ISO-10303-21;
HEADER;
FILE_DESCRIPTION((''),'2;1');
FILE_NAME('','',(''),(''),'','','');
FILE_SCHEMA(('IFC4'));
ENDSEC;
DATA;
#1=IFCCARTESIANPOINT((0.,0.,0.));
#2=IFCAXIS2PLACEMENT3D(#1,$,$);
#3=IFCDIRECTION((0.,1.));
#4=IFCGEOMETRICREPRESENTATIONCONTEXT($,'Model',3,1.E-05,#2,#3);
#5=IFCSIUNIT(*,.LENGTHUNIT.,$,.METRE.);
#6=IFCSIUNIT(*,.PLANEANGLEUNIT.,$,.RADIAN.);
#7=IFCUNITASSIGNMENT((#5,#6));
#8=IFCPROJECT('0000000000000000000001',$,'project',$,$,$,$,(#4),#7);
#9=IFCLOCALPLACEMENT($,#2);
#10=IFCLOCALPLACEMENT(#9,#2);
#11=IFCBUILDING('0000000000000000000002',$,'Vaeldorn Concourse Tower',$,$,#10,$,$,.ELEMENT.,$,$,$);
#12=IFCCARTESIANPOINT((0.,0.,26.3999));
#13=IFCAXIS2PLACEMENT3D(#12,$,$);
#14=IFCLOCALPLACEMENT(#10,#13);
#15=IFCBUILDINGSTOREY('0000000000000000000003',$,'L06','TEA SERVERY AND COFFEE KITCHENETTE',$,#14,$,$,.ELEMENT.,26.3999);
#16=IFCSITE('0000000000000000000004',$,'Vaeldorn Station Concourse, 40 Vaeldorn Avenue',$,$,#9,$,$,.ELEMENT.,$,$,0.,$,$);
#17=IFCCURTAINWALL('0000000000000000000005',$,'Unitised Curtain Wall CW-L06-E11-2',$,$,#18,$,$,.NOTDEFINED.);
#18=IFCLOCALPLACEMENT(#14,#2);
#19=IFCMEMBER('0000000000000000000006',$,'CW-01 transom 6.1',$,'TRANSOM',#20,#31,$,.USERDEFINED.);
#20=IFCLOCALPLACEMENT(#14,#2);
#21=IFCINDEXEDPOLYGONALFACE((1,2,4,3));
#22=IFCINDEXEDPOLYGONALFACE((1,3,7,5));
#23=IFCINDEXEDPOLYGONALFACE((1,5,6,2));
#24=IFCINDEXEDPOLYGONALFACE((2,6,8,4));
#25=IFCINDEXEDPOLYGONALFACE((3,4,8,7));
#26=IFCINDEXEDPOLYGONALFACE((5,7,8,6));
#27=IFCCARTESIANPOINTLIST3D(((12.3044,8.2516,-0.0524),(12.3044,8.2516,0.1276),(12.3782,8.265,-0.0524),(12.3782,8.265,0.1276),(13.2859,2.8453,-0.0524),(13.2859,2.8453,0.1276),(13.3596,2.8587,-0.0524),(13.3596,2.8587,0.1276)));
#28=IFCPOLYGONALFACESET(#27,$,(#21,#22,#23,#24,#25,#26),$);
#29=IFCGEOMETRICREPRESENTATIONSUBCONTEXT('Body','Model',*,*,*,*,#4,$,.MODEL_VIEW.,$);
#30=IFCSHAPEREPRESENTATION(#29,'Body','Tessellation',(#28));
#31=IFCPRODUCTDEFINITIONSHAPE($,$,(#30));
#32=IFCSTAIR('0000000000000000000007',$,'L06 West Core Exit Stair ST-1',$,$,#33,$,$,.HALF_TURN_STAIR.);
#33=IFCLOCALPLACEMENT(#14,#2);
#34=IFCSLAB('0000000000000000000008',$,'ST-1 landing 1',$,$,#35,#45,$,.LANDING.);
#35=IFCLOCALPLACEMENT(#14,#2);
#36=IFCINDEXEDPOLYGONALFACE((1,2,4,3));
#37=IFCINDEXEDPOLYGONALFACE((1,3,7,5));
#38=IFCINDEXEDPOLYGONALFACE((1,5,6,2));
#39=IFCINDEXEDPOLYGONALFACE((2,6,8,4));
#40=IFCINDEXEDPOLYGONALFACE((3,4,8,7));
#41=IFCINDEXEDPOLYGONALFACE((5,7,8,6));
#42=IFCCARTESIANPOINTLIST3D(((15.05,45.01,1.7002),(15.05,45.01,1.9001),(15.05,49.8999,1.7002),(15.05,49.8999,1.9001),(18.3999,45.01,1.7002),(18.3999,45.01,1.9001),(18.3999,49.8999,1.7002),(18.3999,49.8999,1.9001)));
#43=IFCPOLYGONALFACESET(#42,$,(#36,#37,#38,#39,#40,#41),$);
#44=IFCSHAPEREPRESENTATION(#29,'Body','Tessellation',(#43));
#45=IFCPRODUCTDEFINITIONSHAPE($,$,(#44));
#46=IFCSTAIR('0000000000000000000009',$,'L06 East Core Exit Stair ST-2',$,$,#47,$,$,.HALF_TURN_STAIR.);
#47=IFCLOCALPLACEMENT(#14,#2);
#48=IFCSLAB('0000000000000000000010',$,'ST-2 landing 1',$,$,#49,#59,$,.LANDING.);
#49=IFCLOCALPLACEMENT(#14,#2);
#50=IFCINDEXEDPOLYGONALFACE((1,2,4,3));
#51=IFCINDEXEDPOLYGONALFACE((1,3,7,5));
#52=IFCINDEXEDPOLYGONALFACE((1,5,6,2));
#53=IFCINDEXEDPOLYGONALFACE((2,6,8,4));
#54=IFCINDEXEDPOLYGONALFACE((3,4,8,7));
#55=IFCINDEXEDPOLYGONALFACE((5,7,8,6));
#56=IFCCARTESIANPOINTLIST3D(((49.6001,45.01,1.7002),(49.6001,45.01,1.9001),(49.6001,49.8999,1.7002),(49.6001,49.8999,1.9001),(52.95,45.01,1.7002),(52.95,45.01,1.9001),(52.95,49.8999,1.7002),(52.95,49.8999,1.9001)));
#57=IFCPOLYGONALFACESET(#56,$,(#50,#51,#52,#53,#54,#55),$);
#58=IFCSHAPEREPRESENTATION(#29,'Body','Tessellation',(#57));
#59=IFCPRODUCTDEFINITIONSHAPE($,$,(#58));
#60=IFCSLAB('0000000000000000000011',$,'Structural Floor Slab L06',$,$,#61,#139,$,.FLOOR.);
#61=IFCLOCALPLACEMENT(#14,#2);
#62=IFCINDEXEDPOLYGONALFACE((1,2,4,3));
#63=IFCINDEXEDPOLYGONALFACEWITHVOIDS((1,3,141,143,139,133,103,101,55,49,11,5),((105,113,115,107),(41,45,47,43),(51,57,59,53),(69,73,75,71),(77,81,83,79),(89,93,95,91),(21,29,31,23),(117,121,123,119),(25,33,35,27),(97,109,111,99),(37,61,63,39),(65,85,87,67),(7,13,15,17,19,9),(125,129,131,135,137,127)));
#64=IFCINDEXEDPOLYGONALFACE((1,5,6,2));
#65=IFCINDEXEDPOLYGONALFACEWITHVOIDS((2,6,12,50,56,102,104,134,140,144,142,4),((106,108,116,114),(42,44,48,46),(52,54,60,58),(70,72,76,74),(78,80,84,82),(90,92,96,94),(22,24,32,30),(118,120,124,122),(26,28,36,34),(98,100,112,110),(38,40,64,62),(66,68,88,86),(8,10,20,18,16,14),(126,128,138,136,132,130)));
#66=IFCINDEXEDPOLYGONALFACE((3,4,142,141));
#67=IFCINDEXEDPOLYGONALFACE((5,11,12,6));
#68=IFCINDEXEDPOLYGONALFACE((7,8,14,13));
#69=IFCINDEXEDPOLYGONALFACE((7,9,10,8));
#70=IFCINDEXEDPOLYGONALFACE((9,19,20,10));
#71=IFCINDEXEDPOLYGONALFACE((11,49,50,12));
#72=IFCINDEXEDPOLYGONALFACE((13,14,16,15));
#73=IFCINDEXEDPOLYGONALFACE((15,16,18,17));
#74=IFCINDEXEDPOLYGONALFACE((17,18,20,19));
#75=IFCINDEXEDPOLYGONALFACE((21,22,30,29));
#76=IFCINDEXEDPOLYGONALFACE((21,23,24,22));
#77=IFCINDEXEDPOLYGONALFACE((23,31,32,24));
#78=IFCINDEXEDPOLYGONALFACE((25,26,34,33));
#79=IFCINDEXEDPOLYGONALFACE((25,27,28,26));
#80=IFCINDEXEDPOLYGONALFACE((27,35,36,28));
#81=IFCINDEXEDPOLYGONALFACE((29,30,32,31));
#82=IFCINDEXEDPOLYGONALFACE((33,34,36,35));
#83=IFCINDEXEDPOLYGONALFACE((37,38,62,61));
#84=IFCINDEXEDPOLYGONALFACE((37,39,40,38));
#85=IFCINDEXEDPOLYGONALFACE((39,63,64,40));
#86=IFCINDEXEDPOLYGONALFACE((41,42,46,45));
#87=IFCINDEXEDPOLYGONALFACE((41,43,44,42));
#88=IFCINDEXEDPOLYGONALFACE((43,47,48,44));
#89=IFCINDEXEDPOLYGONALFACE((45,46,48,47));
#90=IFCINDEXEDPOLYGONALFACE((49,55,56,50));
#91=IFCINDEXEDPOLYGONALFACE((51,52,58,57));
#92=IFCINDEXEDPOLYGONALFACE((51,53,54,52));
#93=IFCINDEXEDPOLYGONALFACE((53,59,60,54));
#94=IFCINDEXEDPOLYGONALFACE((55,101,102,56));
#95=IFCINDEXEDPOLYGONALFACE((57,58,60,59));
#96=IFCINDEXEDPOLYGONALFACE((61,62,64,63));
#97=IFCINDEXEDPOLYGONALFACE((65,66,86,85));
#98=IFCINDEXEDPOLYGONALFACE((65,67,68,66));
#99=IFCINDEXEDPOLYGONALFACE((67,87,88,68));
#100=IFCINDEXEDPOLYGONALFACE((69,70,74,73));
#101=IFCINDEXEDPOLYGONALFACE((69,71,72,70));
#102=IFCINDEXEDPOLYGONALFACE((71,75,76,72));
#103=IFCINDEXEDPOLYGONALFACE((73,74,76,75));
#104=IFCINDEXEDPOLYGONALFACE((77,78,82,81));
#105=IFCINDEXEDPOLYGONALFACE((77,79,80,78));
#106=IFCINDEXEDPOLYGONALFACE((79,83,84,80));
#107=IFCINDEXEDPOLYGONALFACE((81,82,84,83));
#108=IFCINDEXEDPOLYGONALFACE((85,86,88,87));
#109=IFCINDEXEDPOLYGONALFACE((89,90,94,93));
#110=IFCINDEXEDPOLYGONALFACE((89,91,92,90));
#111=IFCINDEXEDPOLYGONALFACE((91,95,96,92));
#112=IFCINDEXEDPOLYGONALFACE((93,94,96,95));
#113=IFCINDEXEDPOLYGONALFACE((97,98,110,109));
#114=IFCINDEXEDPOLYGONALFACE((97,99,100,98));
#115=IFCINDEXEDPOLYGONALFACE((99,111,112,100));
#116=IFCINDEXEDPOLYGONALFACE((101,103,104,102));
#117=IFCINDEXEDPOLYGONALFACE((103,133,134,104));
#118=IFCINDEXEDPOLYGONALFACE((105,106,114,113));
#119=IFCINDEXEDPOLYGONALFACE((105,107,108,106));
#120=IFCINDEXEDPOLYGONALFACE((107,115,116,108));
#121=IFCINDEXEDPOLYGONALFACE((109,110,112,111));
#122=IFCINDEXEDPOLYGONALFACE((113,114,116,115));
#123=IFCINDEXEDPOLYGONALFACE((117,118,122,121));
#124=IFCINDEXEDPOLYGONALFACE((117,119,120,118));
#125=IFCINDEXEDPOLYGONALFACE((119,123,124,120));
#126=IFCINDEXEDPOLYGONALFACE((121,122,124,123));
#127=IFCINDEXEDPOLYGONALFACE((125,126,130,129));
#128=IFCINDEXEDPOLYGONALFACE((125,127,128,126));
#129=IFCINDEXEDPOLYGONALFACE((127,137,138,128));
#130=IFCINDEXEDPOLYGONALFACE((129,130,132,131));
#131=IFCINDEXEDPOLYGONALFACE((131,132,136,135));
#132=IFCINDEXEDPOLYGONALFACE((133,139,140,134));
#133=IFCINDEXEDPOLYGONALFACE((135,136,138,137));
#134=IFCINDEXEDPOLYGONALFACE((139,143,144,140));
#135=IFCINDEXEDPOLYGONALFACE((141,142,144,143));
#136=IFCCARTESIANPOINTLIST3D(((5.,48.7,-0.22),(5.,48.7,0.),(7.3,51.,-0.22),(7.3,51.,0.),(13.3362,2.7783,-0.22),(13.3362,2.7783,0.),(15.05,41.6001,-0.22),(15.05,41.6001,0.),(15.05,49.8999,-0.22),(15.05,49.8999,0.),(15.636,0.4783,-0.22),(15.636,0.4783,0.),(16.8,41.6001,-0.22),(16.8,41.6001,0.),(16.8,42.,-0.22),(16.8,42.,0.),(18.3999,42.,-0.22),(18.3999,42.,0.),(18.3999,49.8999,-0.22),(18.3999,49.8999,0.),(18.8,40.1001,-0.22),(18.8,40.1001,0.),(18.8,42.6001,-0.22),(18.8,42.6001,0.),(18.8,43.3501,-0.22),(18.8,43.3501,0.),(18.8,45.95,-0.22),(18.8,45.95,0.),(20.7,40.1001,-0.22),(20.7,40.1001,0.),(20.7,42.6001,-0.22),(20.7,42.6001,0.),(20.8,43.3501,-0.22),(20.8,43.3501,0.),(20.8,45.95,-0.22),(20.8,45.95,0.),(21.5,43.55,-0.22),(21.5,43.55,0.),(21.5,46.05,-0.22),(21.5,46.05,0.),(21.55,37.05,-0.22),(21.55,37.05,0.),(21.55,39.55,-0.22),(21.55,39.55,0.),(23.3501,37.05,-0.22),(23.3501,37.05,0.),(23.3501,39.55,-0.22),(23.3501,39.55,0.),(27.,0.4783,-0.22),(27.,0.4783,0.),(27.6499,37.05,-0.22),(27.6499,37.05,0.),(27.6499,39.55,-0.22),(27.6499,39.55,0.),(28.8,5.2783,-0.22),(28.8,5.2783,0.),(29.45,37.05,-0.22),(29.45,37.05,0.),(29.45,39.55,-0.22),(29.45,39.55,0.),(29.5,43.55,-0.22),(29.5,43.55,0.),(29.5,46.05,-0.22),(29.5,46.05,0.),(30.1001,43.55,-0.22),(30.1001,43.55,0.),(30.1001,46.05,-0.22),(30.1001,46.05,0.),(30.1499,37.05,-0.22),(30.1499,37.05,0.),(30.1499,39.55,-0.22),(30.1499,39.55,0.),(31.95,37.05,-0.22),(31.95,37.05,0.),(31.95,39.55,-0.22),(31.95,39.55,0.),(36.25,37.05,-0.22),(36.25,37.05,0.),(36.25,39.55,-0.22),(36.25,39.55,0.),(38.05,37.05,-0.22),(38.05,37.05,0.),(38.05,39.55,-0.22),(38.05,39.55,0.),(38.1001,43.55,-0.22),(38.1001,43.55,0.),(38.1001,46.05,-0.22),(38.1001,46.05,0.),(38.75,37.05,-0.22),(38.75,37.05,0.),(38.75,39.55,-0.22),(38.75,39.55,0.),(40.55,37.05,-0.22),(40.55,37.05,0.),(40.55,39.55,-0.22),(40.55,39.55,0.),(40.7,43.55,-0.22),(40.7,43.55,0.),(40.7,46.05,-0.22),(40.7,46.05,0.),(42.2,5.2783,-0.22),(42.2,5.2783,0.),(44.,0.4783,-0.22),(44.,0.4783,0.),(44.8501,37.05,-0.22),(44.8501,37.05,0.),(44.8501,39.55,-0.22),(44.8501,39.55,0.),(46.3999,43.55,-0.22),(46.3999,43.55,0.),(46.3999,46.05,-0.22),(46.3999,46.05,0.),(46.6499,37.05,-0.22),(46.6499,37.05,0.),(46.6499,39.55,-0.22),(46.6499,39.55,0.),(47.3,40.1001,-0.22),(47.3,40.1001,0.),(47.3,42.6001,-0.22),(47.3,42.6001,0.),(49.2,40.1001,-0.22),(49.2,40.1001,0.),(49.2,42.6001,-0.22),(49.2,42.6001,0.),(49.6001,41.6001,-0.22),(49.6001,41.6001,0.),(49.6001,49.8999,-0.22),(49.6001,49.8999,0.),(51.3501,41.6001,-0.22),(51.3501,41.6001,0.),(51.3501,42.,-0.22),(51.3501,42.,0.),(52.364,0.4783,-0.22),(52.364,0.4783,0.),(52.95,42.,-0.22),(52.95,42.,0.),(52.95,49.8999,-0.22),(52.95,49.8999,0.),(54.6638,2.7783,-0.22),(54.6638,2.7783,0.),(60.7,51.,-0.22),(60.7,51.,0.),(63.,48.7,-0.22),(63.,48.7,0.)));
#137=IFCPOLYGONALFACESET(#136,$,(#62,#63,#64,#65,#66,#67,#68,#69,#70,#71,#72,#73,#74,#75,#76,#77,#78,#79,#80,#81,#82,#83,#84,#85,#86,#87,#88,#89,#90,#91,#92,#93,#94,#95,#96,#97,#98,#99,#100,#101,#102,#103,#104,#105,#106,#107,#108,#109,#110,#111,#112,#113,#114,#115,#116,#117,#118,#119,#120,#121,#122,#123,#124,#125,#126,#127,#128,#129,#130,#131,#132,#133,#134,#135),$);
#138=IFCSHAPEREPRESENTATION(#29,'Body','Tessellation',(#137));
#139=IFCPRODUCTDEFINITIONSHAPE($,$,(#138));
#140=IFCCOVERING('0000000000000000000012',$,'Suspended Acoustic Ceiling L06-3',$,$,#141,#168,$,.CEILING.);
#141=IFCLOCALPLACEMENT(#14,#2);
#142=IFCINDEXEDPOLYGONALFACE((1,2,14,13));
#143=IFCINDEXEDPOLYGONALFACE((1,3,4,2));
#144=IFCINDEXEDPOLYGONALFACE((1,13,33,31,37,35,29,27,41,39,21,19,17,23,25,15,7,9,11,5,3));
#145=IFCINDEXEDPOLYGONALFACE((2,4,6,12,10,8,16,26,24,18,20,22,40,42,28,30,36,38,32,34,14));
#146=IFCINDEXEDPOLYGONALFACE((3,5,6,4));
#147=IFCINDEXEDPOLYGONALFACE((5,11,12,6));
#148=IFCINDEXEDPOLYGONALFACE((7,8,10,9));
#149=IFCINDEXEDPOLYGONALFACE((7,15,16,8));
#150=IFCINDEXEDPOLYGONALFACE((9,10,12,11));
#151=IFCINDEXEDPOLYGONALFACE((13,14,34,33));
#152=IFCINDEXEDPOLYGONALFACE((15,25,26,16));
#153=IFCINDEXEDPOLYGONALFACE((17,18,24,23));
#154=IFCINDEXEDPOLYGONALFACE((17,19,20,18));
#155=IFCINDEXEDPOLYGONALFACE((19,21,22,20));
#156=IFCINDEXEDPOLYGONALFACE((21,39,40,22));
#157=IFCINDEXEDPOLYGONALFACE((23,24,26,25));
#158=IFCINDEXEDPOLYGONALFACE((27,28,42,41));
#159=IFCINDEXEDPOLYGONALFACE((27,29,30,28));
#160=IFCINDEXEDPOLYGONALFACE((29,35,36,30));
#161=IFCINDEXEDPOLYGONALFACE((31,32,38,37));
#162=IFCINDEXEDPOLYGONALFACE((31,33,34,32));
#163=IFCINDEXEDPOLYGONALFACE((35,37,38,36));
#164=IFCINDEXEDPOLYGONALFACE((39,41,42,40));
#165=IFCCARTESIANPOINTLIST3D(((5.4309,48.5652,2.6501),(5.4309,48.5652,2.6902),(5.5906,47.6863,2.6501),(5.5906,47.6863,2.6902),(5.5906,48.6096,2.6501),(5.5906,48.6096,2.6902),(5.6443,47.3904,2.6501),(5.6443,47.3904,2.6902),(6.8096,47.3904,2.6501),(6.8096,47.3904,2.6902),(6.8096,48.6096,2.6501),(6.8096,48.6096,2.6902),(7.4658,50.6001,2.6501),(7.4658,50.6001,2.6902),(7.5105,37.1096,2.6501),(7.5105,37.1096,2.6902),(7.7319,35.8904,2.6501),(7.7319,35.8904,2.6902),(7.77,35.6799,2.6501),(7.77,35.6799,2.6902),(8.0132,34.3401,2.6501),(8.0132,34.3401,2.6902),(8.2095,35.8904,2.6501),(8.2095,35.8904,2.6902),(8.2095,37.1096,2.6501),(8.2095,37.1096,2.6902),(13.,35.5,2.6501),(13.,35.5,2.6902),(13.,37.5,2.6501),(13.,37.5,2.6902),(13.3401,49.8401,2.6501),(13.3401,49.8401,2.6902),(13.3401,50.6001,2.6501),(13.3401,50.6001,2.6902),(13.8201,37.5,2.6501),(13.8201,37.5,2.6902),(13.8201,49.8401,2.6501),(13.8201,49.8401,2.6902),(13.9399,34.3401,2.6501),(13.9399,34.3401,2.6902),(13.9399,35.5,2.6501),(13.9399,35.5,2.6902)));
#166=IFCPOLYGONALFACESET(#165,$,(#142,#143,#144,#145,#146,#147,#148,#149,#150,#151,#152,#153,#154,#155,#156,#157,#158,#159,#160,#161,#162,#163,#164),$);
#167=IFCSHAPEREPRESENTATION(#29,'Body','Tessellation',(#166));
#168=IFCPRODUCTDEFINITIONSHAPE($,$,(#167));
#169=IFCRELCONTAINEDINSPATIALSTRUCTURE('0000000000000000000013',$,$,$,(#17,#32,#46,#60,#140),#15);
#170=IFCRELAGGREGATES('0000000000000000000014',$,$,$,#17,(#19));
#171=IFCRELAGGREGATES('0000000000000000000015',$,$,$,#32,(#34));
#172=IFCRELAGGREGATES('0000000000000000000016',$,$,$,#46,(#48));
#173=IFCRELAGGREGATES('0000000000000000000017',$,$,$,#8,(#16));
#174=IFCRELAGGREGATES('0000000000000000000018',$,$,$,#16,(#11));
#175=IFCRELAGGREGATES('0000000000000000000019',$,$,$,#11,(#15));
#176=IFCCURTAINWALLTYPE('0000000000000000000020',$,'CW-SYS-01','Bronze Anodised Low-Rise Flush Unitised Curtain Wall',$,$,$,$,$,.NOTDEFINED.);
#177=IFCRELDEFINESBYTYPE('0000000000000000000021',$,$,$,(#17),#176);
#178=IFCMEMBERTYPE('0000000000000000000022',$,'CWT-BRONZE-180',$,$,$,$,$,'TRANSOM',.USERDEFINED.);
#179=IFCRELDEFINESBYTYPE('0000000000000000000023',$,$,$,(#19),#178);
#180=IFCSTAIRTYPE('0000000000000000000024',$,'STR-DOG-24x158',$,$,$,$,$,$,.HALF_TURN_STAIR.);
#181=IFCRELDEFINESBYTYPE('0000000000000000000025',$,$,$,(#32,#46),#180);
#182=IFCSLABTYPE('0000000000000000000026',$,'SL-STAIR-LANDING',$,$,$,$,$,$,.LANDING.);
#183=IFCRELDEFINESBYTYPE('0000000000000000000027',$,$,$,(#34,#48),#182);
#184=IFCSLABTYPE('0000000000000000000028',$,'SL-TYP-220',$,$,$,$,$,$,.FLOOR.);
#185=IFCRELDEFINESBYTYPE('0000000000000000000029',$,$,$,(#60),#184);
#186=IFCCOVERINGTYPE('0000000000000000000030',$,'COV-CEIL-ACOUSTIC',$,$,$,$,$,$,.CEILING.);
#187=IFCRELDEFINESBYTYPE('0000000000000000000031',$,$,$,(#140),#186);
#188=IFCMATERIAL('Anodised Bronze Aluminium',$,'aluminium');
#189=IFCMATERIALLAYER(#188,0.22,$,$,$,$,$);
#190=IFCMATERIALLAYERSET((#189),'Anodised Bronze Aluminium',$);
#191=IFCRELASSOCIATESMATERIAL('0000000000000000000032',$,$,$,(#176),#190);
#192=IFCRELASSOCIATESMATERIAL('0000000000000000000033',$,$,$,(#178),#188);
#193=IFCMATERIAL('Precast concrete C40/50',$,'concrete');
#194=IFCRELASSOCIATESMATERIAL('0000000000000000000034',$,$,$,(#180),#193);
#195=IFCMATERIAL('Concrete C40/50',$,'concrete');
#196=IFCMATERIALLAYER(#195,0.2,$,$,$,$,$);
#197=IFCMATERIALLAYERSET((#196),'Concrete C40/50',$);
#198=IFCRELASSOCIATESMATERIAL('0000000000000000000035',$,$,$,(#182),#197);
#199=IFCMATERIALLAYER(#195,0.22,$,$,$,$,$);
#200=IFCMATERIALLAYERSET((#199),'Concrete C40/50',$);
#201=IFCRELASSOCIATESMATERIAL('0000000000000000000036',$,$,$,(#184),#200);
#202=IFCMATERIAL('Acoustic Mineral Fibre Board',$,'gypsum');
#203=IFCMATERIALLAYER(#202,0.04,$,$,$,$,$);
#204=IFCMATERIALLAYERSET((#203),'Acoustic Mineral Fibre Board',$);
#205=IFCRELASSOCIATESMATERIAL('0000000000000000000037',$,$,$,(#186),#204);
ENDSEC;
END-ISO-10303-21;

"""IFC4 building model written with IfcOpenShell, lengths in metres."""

from ifc_helpers import new_model, si_unit, direction, frame, origin, origin_2d, place, context, subcontext, project, spatial, polyline, rectangle, outline, extrude, source, transform, mapped, material, layer, layer_set, material_profile, profile_set, type_object, element, aggregate, save


model = new_model("IFC4")

# Units and contexts
model_context = context("Model", 3, precision=1e-05, world=origin(), true_north=direction((0.0, 1.0)))
body_context = subcontext(model_context, "Body", "Model", "MODEL_VIEW")
ifc_project = project(units=[si_unit("LENGTHUNIT", "METRE"), si_unit("PLANEANGLEUNIT", "RADIAN")], contexts=[model_context])

# Site, building, storey
site_placement = place(None, origin())
site = spatial("IfcSite", under=ifc_project, at=site_placement, Name="Vaeldorn Station Concourse, 40 Vaeldorn Avenue", CompositionType="ELEMENT", RefElevation=0.0)
building_placement = place(site_placement, origin())
building = spatial("IfcBuilding", under=site, at=building_placement, Name="Vaeldorn Concourse Tower", CompositionType="ELEMENT")
storey_placement = place(building_placement, frame((0.0, 0.0, 26.3999)))
storey = spatial("IfcBuildingStorey", under=building, at=storey_placement, Name="L06", Description="TEA SERVERY AND COFFEE KITCHENETTE", CompositionType="ELEMENT", Elevation=26.3999)

# Curtain wall, member
ifc_material_1 = material(Name="Anodised Bronze Aluminium", Category="aluminium")
ifc_layer_1 = layer(ifc_material_1, 0.22)
ifc_layer_set_1 = layer_set([ifc_layer_1], Name="Anodised Bronze Aluminium")
curtain_wall_type = type_object("IfcCurtainWallType", Name="CW-SYS-01", Description="Bronze Anodised Low-Rise Flush Unitised Curtain Wall", PredefinedType="NOTDEFINED", material=ifc_layer_set_1)
curtain_wall_placement = place(storey_placement, origin())
curtain_wall = element("IfcCurtainWall", 1, at=curtain_wall_placement, inside=storey, type_object=curtain_wall_type, Name="Unitised Curtain Wall CW-L06-E11-2", PredefinedType="NOTDEFINED")
ifc_material_profile = material_profile(ifc_material_1, rectangle(XDim=0.075, YDim=0.1799, at=origin_2d()), Name="CWT 75x180")
ifc_profile_set = profile_set([ifc_material_profile], Name="Anodised Bronze Aluminium")
member_type = type_object("IfcMemberType", Name="CWT-BRONZE-180", ElementType="TRANSOM", PredefinedType="USERDEFINED", material=ifc_profile_set)
shared_shape = source(origin(), body_context, "Body", "SweptSolid", [
    extrude(rectangle(XDim=0.075, YDim=0.1799, at=origin_2d()), origin(), (0.0, 0.0, 1.0), 5.4946),
])
member_placement = place(storey_placement, frame((12.3413, 8.2583, 0.0376), z_axis=(0.17862, -0.983918, 0.0), x_axis=(0.983918, 0.17862, 0.0)))
member = element("IfcMember", 2, at=member_placement, type_object=member_type, Name="CW-01 transom 6.1", ObjectType="TRANSOM", PredefinedType="USERDEFINED", context=body_context, shape_type="MappedRepresentation", body=[
    mapped(shared_shape, transform((0.0, 0.0, 0.0), scale=1.0)),
])
aggregate(curtain_wall, [member])

# Stairs, slabs
ifc_material_2 = material(Name="Precast concrete C40/50", Category="concrete")
stair_type = type_object("IfcStairType", Name="STR-DOG-24x158", PredefinedType="HALF_TURN_STAIR", material=ifc_material_2)
stair_1_placement = place(storey_placement, origin())
stair_1 = element("IfcStair", 3, at=stair_1_placement, inside=storey, type_object=stair_type, Name="L06 West Core Exit Stair ST-1", PredefinedType="HALF_TURN_STAIR")
ifc_material_3 = material(Name="Concrete C40/50", Category="concrete")
ifc_layer_2 = layer(ifc_material_3, 0.2)
ifc_layer_set_2 = layer_set([ifc_layer_2], Name="Concrete C40/50")
slab_type_1 = type_object("IfcSlabType", Name="SL-STAIR-LANDING", PredefinedType="LANDING", material=ifc_layer_set_2)
slab_1_placement = place(storey_placement, frame((0.0, 0.0, 1.7002)))
slab_1 = element("IfcSlab", 4, at=slab_1_placement, type_object=slab_type_1, Name="ST-1 landing 1", PredefinedType="LANDING", context=body_context, shape_type="SweptSolid", body=[
    extrude(outline(polyline([(18.3999, 45.01), (18.3999, 49.8999), (15.05, 49.8999), (15.05, 45.01), (18.3999, 45.01)])), origin(), (0.0, 0.0, 1.0), 0.2),
])
aggregate(stair_1, [slab_1])
stair_2_placement = place(storey_placement, origin())
stair_2 = element("IfcStair", 5, at=stair_2_placement, inside=storey, type_object=stair_type, Name="L06 East Core Exit Stair ST-2", PredefinedType="HALF_TURN_STAIR")
slab_2_placement = place(storey_placement, frame((0.0, 0.0, 1.7002)))
slab_2 = element("IfcSlab", 6, at=slab_2_placement, type_object=slab_type_1, Name="ST-2 landing 1", PredefinedType="LANDING", context=body_context, shape_type="SweptSolid", body=[
    extrude(outline(polyline([(52.95, 45.01), (52.95, 49.8999), (49.6001, 49.8999), (49.6001, 45.01), (52.95, 45.01)])), origin(), (0.0, 0.0, 1.0), 0.2),
])
aggregate(stair_2, [slab_2])

# Slab
ifc_layer_3 = layer(ifc_material_3, 0.22)
ifc_layer_set_3 = layer_set([ifc_layer_3], Name="Concrete C40/50")
slab_type_2 = type_object("IfcSlabType", Name="SL-TYP-220", PredefinedType="FLOOR", material=ifc_layer_set_3)
slab_3_placement = place(storey_placement, frame((0.0, 0.0, -0.22)))
element("IfcSlab", 7, at=slab_3_placement, inside=storey, type_object=slab_type_2, Name="Structural Floor Slab L06", PredefinedType="FLOOR", context=body_context, shape_type="SweptSolid", body=[
    extrude(outline(polyline([(15.636, 0.4783), (27.0, 0.4783), (28.8, 5.2783), (42.2, 5.2783), (44.0, 0.4783), (52.364, 0.4783), (54.6638, 2.7783), (63.0, 48.7), (60.7, 51.0), (7.3, 51.0), (5.0, 48.7), (13.3362, 2.7783), (15.636, 0.4783)]), holes=[polyline([(18.3999, 42.0), (18.3999, 49.8999), (15.05, 49.8999), (15.05, 41.6001), (16.8, 41.6001), (16.8, 42.0), (18.3999, 42.0)]), polyline([(52.95, 42.0), (52.95, 49.8999), (49.6001, 49.8999), (49.6001, 41.6001), (51.3501, 41.6001), (51.3501, 42.0), (52.95, 42.0)]), polyline([(21.55, 37.05), (23.3501, 37.05), (23.3501, 39.55), (21.55, 39.55), (21.55, 37.05)]), polyline([(27.6499, 37.05), (29.45, 37.05), (29.45, 39.55), (27.6499, 39.55), (27.6499, 37.05)]), polyline([(21.5, 43.55), (29.5, 43.55), (29.5, 46.05), (21.5, 46.05), (21.5, 43.55)]), polyline([(30.1499, 37.05), (31.95, 37.05), (31.95, 39.55), (30.1499, 39.55), (30.1499, 37.05)]), polyline([(36.25, 37.05), (38.05, 37.05), (38.05, 39.55), (36.25, 39.55), (36.25, 37.05)]), polyline([(30.1001, 43.55), (38.1001, 43.55), (38.1001, 46.05), (30.1001, 46.05), (30.1001, 43.55)]), polyline([(38.75, 37.05), (40.55, 37.05), (40.55, 39.55), (38.75, 39.55), (38.75, 37.05)]), polyline([(44.8501, 37.05), (46.6499, 37.05), (46.6499, 39.55), (44.8501, 39.55), (44.8501, 37.05)]), polyline([(40.7, 43.55), (46.3999, 43.55), (46.3999, 46.05), (40.7, 46.05), (40.7, 43.55)]), polyline([(18.8, 43.3501), (20.8, 43.3501), (20.8, 45.95), (18.8, 45.95), (18.8, 43.3501)]), polyline([(18.8, 40.1001), (20.7, 40.1001), (20.7, 42.6001), (18.8, 42.6001), (18.8, 40.1001)]), polyline([(47.3, 40.1001), (49.2, 40.1001), (49.2, 42.6001), (47.3, 42.6001), (47.3, 40.1001)])]), origin(), (0.0, 0.0, 1.0), 0.22),
])

# Covering
ifc_material_4 = material(Name="Acoustic Mineral Fibre Board", Category="gypsum")
ifc_layer_4 = layer(ifc_material_4, 0.04)
ifc_layer_set_4 = layer_set([ifc_layer_4], Name="Acoustic Mineral Fibre Board")
covering_type_1 = type_object("IfcCoveringType", Name="COV-CEIL-ACOUSTIC", PredefinedType="CEILING", material=ifc_layer_set_4)
covering_1_placement = place(storey_placement, frame((0.0, 0.0, 2.6501)))
element("IfcCovering", 8, at=covering_1_placement, inside=storey, type_object=covering_type_1, Name="Suspended Acoustic Ceiling L06-3", PredefinedType="CEILING", context=body_context, shape_type="SweptSolid", body=[
    extrude(outline(polyline([(7.4658, 50.6001), (13.3401, 50.6001), (13.3401, 49.8401), (13.8201, 49.8401), (13.8201, 37.5), (13.0, 37.5), (13.0, 35.5), (13.9399, 35.5), (13.9399, 34.3401), (8.0132, 34.3401), (7.77, 35.6799), (7.77, 35.6799), (7.7319, 35.8904), (8.2095, 35.8904), (8.2095, 37.1096), (7.5105, 37.1096), (5.6443, 47.3904), (6.8096, 47.3904), (6.8096, 48.6096), (5.5906, 48.6096), (5.5906, 47.6863), (5.4309, 48.5652), (7.4658, 50.6001)])), origin(), (0.0, 0.0, 1.0), 0.04),
])

save(model, "model.ifc")
